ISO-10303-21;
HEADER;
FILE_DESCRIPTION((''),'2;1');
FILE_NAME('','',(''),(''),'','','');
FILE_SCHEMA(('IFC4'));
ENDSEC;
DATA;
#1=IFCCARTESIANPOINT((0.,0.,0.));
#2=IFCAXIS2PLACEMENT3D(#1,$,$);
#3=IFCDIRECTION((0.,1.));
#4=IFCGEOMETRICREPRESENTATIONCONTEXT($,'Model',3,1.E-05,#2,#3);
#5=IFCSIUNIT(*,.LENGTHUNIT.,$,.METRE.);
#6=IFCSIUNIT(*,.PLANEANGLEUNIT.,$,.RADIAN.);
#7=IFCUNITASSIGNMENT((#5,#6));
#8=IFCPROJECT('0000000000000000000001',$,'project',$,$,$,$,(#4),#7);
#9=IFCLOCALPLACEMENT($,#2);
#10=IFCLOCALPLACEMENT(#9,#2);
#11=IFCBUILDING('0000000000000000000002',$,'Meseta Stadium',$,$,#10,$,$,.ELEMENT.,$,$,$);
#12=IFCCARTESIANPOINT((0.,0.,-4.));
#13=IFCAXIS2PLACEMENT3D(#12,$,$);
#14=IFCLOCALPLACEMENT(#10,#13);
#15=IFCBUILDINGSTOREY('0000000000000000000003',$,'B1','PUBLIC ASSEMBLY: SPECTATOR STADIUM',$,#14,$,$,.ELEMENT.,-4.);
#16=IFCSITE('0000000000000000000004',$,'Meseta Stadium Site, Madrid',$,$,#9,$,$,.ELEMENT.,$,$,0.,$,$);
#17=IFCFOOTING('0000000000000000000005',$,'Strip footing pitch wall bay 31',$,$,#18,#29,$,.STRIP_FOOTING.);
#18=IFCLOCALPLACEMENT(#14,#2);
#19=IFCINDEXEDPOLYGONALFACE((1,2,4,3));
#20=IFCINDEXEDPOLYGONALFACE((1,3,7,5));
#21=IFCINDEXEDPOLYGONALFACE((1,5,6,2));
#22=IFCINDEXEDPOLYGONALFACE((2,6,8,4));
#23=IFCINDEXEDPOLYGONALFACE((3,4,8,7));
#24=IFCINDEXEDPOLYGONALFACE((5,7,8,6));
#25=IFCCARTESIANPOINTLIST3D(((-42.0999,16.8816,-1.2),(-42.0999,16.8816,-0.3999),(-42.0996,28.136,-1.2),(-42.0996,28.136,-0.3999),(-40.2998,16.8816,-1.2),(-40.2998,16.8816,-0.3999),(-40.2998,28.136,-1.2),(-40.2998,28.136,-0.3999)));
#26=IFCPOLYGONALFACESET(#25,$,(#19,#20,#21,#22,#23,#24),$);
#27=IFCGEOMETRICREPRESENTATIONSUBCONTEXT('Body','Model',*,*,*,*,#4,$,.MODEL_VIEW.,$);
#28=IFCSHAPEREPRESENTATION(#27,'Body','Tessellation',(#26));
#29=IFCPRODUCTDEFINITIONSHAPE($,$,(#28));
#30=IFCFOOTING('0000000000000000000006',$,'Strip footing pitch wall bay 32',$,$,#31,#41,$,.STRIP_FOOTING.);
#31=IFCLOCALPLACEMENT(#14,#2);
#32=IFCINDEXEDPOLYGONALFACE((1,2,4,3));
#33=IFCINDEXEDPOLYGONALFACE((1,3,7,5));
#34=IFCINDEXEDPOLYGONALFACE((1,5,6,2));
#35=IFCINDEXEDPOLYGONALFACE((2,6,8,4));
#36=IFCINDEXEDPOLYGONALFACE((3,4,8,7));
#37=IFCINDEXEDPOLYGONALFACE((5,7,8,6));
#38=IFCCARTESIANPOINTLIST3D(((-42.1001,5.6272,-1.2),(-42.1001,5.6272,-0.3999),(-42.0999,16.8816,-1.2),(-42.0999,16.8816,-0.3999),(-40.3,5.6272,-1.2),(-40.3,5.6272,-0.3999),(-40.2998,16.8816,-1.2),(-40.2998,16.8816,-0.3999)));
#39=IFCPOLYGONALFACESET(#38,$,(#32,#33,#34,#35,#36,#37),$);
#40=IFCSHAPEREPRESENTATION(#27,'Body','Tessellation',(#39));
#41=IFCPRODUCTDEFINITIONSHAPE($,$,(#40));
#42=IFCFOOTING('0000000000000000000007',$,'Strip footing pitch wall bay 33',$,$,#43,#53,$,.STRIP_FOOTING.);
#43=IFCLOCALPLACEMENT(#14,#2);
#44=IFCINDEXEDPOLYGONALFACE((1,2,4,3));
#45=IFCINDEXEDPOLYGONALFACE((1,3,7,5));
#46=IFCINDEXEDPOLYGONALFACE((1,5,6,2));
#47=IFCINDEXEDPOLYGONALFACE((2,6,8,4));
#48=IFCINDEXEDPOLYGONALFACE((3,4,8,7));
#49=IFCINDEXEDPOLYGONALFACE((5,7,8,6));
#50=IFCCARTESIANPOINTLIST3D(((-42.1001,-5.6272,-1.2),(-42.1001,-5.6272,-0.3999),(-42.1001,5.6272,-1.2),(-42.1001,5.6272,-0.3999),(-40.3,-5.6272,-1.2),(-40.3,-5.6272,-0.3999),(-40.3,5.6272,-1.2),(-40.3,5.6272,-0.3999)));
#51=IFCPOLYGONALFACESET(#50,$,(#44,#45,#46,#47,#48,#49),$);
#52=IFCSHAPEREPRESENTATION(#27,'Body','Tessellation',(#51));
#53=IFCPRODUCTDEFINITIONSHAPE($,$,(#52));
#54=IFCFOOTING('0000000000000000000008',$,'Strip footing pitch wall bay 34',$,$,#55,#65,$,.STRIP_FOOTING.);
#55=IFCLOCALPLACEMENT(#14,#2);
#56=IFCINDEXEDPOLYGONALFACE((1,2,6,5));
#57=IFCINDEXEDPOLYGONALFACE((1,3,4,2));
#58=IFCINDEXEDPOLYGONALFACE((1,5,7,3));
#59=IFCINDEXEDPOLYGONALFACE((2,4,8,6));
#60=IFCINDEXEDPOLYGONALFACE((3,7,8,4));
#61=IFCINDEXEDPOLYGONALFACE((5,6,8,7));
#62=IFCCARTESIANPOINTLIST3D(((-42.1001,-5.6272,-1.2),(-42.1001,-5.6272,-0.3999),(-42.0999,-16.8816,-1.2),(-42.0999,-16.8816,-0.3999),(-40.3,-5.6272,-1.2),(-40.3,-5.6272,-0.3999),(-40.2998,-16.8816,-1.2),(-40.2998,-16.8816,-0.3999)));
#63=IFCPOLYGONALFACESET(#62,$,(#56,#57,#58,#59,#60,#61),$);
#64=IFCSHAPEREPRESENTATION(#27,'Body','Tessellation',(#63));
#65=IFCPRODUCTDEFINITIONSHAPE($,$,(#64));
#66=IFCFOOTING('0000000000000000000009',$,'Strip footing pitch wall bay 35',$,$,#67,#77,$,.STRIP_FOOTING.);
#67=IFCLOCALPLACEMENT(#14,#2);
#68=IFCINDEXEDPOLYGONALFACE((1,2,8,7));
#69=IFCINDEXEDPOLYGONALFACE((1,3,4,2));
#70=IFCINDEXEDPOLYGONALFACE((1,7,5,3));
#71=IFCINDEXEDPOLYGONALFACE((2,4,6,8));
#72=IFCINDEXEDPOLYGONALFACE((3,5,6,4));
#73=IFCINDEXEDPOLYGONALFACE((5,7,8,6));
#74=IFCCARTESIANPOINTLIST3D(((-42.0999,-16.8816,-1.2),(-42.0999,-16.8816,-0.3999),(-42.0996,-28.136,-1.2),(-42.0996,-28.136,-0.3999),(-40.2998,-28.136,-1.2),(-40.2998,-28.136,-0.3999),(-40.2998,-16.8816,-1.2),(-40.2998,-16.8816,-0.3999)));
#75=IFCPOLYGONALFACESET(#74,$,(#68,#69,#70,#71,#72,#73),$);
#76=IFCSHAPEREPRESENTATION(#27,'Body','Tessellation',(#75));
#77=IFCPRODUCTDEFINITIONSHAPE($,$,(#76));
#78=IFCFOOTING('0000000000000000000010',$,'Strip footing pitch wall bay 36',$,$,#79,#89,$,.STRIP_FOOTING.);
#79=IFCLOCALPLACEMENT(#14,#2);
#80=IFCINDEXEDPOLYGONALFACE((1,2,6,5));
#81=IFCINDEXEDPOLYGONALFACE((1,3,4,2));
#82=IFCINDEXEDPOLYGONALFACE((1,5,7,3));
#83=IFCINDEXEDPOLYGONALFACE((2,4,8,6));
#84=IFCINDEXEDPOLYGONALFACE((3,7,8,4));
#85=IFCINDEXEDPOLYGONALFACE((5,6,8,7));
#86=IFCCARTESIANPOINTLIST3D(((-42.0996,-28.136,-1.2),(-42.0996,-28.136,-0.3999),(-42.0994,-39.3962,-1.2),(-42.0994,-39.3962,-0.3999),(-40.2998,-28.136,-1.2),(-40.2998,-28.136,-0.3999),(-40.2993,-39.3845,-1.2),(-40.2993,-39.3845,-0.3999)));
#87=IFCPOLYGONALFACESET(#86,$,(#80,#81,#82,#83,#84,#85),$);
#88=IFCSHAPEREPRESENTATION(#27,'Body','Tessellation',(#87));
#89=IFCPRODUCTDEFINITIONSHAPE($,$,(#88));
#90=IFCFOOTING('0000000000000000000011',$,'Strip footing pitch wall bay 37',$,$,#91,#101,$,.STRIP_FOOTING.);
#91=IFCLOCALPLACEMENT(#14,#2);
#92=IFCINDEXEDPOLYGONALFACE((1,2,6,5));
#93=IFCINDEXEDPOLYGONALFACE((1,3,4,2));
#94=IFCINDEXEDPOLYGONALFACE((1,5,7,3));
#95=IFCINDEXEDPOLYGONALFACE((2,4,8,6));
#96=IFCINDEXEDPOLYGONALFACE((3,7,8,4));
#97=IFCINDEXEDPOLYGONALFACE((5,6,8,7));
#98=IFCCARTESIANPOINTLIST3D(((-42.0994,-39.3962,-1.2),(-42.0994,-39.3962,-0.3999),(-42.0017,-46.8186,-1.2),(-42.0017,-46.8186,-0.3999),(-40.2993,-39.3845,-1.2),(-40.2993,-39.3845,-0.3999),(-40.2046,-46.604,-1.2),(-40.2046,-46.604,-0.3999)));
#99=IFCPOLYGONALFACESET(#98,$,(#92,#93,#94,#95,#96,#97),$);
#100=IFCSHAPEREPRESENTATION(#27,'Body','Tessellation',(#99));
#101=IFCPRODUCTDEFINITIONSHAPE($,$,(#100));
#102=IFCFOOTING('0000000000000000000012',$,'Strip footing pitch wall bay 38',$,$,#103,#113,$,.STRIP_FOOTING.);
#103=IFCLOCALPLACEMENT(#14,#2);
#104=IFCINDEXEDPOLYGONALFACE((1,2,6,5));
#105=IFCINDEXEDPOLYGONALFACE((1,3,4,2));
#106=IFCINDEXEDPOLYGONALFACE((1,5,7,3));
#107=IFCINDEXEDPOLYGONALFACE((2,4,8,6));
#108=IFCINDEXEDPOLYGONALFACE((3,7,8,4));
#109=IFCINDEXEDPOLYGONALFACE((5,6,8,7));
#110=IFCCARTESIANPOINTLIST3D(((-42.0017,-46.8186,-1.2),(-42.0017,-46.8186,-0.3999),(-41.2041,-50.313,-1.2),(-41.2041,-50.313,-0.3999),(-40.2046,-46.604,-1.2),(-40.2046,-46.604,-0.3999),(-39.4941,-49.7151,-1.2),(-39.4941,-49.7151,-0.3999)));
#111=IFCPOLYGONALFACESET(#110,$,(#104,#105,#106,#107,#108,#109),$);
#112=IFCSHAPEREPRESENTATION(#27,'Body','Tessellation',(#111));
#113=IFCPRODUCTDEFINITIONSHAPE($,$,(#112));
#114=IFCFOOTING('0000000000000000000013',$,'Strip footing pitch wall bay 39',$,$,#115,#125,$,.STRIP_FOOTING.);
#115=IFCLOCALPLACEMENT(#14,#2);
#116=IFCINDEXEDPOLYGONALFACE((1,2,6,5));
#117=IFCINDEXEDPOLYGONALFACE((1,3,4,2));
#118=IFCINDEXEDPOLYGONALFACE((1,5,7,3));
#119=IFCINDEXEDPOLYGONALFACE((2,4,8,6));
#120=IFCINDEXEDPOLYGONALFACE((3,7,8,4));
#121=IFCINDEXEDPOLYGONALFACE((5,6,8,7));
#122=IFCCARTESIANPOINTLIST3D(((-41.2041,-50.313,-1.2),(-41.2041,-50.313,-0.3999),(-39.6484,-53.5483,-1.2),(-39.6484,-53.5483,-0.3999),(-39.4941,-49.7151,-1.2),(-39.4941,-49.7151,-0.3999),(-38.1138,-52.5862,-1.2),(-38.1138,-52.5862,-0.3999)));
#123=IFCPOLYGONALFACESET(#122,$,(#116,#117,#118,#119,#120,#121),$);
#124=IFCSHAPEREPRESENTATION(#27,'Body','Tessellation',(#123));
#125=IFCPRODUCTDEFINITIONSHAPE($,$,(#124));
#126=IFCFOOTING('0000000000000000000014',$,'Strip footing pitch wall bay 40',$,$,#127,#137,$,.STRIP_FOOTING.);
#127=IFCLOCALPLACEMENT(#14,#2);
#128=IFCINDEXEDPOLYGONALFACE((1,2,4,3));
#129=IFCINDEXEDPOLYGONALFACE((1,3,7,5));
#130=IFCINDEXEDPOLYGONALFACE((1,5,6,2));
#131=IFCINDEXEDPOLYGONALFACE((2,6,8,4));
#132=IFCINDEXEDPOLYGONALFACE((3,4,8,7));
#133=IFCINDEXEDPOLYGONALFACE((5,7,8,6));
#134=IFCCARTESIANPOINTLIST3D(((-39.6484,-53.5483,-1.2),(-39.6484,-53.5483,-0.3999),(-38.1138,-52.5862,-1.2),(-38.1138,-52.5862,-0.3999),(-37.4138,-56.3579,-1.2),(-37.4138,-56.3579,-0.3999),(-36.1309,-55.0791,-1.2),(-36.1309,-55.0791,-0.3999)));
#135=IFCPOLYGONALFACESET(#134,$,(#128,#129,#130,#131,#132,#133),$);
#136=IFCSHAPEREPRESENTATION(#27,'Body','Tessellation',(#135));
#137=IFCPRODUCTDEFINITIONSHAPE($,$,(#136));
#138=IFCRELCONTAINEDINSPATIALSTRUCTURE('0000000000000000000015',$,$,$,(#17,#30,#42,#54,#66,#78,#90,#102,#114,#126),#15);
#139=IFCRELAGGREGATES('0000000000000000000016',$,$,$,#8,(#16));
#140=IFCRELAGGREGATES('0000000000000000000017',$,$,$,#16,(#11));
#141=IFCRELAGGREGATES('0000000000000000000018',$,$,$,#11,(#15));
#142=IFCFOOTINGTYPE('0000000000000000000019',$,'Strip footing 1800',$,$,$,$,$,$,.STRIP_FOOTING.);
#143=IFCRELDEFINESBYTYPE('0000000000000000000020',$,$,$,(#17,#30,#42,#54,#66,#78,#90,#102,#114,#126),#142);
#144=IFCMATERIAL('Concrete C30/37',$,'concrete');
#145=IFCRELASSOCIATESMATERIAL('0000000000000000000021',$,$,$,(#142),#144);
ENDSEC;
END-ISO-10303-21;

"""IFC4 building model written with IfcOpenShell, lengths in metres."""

from ifc_helpers import new_model, si_unit, direction, frame, origin, place, context, subcontext, project, spatial, polyline, outline, extrude, material, type_object, element, save


model = new_model("IFC4")

# Units and contexts
model_context = context("Model", 3, precision=1e-05, world=origin(), true_north=direction((0.0, 1.0)))
body_context = subcontext(model_context, "Body", "Model", "MODEL_VIEW")
ifc_project = project(units=[si_unit("LENGTHUNIT", "METRE"), si_unit("PLANEANGLEUNIT", "RADIAN")], contexts=[model_context])

# Site, building, storey
site_placement = place(None, origin())
site = spatial("IfcSite", under=ifc_project, at=site_placement, Name="Meseta Stadium Site, Madrid", CompositionType="ELEMENT", RefElevation=0.0)
building_placement = place(site_placement, origin())
building = spatial("IfcBuilding", under=site, at=building_placement, Name="Meseta Stadium", CompositionType="ELEMENT")
storey_placement = place(building_placement, frame((0.0, 0.0, -4.0)))
storey = spatial("IfcBuildingStorey", under=building, at=storey_placement, Name="B1", Description="PUBLIC ASSEMBLY: SPECTATOR STADIUM", CompositionType="ELEMENT", Elevation=-4.0)

# Footings
ifc_material = material(Name="Concrete C30/37", Category="concrete")
footing_type = type_object("IfcFootingType", Name="Strip footing 1800", PredefinedType="STRIP_FOOTING", material=ifc_material)
footing_1_placement = place(storey_placement, frame((0.0, 0.0, -1.2)))
element("IfcFooting", 1, at=footing_1_placement, inside=storey, type_object=footing_type, Name="Strip footing pitch wall bay 31", PredefinedType="STRIP_FOOTING", context=body_context, shape_type="SweptSolid", body=[
    extrude(outline(polyline([(-42.0996, 28.136), (-42.0999, 16.8816), (-40.2998, 16.8816), (-40.2998, 28.136), (-42.0996, 28.136)])), origin(), (0.0, 0.0, 1.0), 0.8),
])
footing_2_placement = place(storey_placement, frame((0.0, 0.0, -1.2)))
element("IfcFooting", 2, at=footing_2_placement, inside=storey, type_object=footing_type, Name="Strip footing pitch wall bay 32", PredefinedType="STRIP_FOOTING", context=body_context, shape_type="SweptSolid", body=[
    extrude(outline(polyline([(-42.0999, 16.8816), (-42.1001, 5.6272), (-40.3, 5.6272), (-40.2998, 16.8816), (-42.0999, 16.8816)])), origin(), (0.0, 0.0, 1.0), 0.8),
])
footing_3_placement = place(storey_placement, frame((0.0, 0.0, -1.2)))
element("IfcFooting", 3, at=footing_3_placement, inside=storey, type_object=footing_type, Name="Strip footing pitch wall bay 33", PredefinedType="STRIP_FOOTING", context=body_context, shape_type="SweptSolid", body=[
    extrude(outline(polyline([(-42.1001, 5.6272), (-42.1001, -5.6272), (-40.3, -5.6272), (-40.3, 5.6272), (-42.1001, 5.6272)])), origin(), (0.0, 0.0, 1.0), 0.8),
])
footing_4_placement = place(storey_placement, frame((0.0, 0.0, -1.2)))
element("IfcFooting", 4, at=footing_4_placement, inside=storey, type_object=footing_type, Name="Strip footing pitch wall bay 34", PredefinedType="STRIP_FOOTING", context=body_context, shape_type="SweptSolid", body=[
    extrude(outline(polyline([(-42.1001, -5.6272), (-42.0999, -16.8816), (-40.2998, -16.8816), (-40.3, -5.6272), (-42.1001, -5.6272)])), origin(), (0.0, 0.0, 1.0), 0.8),
])
footing_5_placement = place(storey_placement, frame((0.0, 0.0, -1.2)))
element("IfcFooting", 5, at=footing_5_placement, inside=storey, type_object=footing_type, Name="Strip footing pitch wall bay 35", PredefinedType="STRIP_FOOTING", context=body_context, shape_type="SweptSolid", body=[
    extrude(outline(polyline([(-42.0999, -16.8816), (-42.0996, -28.136), (-40.2998, -28.136), (-40.2998, -16.8816), (-42.0999, -16.8816)])), origin(), (0.0, 0.0, 1.0), 0.8),
])
footing_6_placement = place(storey_placement, frame((0.0, 0.0, -1.2)))
element("IfcFooting", 6, at=footing_6_placement, inside=storey, type_object=footing_type, Name="Strip footing pitch wall bay 36", PredefinedType="STRIP_FOOTING", context=body_context, shape_type="SweptSolid", body=[
    extrude(outline(polyline([(-42.0996, -28.136), (-42.0994, -39.3962), (-40.2993, -39.3845), (-40.2998, -28.136), (-42.0996, -28.136)])), origin(), (0.0, 0.0, 1.0), 0.8),
])
footing_7_placement = place(storey_placement, frame((0.0, 0.0, -1.2)))
element("IfcFooting", 7, at=footing_7_placement, inside=storey, type_object=footing_type, Name="Strip footing pitch wall bay 37", PredefinedType="STRIP_FOOTING", context=body_context, shape_type="SweptSolid", body=[
    extrude(outline(polyline([(-42.0994, -39.3962), (-42.0017, -46.8186), (-40.2046, -46.604), (-40.2993, -39.3845), (-42.0994, -39.3962)])), origin(), (0.0, 0.0, 1.0), 0.8),
])
footing_8_placement = place(storey_placement, frame((0.0, 0.0, -1.2)))
element("IfcFooting", 8, at=footing_8_placement, inside=storey, type_object=footing_type, Name="Strip footing pitch wall bay 38", PredefinedType="STRIP_FOOTING", context=body_context, shape_type="SweptSolid", body=[
    extrude(outline(polyline([(-42.0017, -46.8186), (-41.2041, -50.313), (-39.4941, -49.7151), (-40.2046, -46.604), (-42.0017, -46.8186)])), origin(), (0.0, 0.0, 1.0), 0.8),
])
footing_9_placement = place(storey_placement, frame((0.0, 0.0, -1.2)))
element("IfcFooting", 9, at=footing_9_placement, inside=storey, type_object=footing_type, Name="Strip footing pitch wall bay 39", PredefinedType="STRIP_FOOTING", context=body_context, shape_type="SweptSolid", body=[
    extrude(outline(polyline([(-41.2041, -50.313), (-39.6484, -53.5483), (-38.1138, -52.5862), (-39.4941, -49.7151), (-41.2041, -50.313)])), origin(), (0.0, 0.0, 1.0), 0.8),
])
footing_10_placement = place(storey_placement, frame((0.0, 0.0, -1.2)))
element("IfcFooting", 10, at=footing_10_placement, inside=storey, type_object=footing_type, Name="Strip footing pitch wall bay 40", PredefinedType="STRIP_FOOTING", context=body_context, shape_type="SweptSolid", body=[
    extrude(outline(polyline([(-39.6484, -53.5483), (-37.4138, -56.3579), (-36.1309, -55.0791), (-38.1138, -52.5862), (-39.6484, -53.5483)])), origin(), (0.0, 0.0, 1.0), 0.8),
])

save(model, "model.ifc")
